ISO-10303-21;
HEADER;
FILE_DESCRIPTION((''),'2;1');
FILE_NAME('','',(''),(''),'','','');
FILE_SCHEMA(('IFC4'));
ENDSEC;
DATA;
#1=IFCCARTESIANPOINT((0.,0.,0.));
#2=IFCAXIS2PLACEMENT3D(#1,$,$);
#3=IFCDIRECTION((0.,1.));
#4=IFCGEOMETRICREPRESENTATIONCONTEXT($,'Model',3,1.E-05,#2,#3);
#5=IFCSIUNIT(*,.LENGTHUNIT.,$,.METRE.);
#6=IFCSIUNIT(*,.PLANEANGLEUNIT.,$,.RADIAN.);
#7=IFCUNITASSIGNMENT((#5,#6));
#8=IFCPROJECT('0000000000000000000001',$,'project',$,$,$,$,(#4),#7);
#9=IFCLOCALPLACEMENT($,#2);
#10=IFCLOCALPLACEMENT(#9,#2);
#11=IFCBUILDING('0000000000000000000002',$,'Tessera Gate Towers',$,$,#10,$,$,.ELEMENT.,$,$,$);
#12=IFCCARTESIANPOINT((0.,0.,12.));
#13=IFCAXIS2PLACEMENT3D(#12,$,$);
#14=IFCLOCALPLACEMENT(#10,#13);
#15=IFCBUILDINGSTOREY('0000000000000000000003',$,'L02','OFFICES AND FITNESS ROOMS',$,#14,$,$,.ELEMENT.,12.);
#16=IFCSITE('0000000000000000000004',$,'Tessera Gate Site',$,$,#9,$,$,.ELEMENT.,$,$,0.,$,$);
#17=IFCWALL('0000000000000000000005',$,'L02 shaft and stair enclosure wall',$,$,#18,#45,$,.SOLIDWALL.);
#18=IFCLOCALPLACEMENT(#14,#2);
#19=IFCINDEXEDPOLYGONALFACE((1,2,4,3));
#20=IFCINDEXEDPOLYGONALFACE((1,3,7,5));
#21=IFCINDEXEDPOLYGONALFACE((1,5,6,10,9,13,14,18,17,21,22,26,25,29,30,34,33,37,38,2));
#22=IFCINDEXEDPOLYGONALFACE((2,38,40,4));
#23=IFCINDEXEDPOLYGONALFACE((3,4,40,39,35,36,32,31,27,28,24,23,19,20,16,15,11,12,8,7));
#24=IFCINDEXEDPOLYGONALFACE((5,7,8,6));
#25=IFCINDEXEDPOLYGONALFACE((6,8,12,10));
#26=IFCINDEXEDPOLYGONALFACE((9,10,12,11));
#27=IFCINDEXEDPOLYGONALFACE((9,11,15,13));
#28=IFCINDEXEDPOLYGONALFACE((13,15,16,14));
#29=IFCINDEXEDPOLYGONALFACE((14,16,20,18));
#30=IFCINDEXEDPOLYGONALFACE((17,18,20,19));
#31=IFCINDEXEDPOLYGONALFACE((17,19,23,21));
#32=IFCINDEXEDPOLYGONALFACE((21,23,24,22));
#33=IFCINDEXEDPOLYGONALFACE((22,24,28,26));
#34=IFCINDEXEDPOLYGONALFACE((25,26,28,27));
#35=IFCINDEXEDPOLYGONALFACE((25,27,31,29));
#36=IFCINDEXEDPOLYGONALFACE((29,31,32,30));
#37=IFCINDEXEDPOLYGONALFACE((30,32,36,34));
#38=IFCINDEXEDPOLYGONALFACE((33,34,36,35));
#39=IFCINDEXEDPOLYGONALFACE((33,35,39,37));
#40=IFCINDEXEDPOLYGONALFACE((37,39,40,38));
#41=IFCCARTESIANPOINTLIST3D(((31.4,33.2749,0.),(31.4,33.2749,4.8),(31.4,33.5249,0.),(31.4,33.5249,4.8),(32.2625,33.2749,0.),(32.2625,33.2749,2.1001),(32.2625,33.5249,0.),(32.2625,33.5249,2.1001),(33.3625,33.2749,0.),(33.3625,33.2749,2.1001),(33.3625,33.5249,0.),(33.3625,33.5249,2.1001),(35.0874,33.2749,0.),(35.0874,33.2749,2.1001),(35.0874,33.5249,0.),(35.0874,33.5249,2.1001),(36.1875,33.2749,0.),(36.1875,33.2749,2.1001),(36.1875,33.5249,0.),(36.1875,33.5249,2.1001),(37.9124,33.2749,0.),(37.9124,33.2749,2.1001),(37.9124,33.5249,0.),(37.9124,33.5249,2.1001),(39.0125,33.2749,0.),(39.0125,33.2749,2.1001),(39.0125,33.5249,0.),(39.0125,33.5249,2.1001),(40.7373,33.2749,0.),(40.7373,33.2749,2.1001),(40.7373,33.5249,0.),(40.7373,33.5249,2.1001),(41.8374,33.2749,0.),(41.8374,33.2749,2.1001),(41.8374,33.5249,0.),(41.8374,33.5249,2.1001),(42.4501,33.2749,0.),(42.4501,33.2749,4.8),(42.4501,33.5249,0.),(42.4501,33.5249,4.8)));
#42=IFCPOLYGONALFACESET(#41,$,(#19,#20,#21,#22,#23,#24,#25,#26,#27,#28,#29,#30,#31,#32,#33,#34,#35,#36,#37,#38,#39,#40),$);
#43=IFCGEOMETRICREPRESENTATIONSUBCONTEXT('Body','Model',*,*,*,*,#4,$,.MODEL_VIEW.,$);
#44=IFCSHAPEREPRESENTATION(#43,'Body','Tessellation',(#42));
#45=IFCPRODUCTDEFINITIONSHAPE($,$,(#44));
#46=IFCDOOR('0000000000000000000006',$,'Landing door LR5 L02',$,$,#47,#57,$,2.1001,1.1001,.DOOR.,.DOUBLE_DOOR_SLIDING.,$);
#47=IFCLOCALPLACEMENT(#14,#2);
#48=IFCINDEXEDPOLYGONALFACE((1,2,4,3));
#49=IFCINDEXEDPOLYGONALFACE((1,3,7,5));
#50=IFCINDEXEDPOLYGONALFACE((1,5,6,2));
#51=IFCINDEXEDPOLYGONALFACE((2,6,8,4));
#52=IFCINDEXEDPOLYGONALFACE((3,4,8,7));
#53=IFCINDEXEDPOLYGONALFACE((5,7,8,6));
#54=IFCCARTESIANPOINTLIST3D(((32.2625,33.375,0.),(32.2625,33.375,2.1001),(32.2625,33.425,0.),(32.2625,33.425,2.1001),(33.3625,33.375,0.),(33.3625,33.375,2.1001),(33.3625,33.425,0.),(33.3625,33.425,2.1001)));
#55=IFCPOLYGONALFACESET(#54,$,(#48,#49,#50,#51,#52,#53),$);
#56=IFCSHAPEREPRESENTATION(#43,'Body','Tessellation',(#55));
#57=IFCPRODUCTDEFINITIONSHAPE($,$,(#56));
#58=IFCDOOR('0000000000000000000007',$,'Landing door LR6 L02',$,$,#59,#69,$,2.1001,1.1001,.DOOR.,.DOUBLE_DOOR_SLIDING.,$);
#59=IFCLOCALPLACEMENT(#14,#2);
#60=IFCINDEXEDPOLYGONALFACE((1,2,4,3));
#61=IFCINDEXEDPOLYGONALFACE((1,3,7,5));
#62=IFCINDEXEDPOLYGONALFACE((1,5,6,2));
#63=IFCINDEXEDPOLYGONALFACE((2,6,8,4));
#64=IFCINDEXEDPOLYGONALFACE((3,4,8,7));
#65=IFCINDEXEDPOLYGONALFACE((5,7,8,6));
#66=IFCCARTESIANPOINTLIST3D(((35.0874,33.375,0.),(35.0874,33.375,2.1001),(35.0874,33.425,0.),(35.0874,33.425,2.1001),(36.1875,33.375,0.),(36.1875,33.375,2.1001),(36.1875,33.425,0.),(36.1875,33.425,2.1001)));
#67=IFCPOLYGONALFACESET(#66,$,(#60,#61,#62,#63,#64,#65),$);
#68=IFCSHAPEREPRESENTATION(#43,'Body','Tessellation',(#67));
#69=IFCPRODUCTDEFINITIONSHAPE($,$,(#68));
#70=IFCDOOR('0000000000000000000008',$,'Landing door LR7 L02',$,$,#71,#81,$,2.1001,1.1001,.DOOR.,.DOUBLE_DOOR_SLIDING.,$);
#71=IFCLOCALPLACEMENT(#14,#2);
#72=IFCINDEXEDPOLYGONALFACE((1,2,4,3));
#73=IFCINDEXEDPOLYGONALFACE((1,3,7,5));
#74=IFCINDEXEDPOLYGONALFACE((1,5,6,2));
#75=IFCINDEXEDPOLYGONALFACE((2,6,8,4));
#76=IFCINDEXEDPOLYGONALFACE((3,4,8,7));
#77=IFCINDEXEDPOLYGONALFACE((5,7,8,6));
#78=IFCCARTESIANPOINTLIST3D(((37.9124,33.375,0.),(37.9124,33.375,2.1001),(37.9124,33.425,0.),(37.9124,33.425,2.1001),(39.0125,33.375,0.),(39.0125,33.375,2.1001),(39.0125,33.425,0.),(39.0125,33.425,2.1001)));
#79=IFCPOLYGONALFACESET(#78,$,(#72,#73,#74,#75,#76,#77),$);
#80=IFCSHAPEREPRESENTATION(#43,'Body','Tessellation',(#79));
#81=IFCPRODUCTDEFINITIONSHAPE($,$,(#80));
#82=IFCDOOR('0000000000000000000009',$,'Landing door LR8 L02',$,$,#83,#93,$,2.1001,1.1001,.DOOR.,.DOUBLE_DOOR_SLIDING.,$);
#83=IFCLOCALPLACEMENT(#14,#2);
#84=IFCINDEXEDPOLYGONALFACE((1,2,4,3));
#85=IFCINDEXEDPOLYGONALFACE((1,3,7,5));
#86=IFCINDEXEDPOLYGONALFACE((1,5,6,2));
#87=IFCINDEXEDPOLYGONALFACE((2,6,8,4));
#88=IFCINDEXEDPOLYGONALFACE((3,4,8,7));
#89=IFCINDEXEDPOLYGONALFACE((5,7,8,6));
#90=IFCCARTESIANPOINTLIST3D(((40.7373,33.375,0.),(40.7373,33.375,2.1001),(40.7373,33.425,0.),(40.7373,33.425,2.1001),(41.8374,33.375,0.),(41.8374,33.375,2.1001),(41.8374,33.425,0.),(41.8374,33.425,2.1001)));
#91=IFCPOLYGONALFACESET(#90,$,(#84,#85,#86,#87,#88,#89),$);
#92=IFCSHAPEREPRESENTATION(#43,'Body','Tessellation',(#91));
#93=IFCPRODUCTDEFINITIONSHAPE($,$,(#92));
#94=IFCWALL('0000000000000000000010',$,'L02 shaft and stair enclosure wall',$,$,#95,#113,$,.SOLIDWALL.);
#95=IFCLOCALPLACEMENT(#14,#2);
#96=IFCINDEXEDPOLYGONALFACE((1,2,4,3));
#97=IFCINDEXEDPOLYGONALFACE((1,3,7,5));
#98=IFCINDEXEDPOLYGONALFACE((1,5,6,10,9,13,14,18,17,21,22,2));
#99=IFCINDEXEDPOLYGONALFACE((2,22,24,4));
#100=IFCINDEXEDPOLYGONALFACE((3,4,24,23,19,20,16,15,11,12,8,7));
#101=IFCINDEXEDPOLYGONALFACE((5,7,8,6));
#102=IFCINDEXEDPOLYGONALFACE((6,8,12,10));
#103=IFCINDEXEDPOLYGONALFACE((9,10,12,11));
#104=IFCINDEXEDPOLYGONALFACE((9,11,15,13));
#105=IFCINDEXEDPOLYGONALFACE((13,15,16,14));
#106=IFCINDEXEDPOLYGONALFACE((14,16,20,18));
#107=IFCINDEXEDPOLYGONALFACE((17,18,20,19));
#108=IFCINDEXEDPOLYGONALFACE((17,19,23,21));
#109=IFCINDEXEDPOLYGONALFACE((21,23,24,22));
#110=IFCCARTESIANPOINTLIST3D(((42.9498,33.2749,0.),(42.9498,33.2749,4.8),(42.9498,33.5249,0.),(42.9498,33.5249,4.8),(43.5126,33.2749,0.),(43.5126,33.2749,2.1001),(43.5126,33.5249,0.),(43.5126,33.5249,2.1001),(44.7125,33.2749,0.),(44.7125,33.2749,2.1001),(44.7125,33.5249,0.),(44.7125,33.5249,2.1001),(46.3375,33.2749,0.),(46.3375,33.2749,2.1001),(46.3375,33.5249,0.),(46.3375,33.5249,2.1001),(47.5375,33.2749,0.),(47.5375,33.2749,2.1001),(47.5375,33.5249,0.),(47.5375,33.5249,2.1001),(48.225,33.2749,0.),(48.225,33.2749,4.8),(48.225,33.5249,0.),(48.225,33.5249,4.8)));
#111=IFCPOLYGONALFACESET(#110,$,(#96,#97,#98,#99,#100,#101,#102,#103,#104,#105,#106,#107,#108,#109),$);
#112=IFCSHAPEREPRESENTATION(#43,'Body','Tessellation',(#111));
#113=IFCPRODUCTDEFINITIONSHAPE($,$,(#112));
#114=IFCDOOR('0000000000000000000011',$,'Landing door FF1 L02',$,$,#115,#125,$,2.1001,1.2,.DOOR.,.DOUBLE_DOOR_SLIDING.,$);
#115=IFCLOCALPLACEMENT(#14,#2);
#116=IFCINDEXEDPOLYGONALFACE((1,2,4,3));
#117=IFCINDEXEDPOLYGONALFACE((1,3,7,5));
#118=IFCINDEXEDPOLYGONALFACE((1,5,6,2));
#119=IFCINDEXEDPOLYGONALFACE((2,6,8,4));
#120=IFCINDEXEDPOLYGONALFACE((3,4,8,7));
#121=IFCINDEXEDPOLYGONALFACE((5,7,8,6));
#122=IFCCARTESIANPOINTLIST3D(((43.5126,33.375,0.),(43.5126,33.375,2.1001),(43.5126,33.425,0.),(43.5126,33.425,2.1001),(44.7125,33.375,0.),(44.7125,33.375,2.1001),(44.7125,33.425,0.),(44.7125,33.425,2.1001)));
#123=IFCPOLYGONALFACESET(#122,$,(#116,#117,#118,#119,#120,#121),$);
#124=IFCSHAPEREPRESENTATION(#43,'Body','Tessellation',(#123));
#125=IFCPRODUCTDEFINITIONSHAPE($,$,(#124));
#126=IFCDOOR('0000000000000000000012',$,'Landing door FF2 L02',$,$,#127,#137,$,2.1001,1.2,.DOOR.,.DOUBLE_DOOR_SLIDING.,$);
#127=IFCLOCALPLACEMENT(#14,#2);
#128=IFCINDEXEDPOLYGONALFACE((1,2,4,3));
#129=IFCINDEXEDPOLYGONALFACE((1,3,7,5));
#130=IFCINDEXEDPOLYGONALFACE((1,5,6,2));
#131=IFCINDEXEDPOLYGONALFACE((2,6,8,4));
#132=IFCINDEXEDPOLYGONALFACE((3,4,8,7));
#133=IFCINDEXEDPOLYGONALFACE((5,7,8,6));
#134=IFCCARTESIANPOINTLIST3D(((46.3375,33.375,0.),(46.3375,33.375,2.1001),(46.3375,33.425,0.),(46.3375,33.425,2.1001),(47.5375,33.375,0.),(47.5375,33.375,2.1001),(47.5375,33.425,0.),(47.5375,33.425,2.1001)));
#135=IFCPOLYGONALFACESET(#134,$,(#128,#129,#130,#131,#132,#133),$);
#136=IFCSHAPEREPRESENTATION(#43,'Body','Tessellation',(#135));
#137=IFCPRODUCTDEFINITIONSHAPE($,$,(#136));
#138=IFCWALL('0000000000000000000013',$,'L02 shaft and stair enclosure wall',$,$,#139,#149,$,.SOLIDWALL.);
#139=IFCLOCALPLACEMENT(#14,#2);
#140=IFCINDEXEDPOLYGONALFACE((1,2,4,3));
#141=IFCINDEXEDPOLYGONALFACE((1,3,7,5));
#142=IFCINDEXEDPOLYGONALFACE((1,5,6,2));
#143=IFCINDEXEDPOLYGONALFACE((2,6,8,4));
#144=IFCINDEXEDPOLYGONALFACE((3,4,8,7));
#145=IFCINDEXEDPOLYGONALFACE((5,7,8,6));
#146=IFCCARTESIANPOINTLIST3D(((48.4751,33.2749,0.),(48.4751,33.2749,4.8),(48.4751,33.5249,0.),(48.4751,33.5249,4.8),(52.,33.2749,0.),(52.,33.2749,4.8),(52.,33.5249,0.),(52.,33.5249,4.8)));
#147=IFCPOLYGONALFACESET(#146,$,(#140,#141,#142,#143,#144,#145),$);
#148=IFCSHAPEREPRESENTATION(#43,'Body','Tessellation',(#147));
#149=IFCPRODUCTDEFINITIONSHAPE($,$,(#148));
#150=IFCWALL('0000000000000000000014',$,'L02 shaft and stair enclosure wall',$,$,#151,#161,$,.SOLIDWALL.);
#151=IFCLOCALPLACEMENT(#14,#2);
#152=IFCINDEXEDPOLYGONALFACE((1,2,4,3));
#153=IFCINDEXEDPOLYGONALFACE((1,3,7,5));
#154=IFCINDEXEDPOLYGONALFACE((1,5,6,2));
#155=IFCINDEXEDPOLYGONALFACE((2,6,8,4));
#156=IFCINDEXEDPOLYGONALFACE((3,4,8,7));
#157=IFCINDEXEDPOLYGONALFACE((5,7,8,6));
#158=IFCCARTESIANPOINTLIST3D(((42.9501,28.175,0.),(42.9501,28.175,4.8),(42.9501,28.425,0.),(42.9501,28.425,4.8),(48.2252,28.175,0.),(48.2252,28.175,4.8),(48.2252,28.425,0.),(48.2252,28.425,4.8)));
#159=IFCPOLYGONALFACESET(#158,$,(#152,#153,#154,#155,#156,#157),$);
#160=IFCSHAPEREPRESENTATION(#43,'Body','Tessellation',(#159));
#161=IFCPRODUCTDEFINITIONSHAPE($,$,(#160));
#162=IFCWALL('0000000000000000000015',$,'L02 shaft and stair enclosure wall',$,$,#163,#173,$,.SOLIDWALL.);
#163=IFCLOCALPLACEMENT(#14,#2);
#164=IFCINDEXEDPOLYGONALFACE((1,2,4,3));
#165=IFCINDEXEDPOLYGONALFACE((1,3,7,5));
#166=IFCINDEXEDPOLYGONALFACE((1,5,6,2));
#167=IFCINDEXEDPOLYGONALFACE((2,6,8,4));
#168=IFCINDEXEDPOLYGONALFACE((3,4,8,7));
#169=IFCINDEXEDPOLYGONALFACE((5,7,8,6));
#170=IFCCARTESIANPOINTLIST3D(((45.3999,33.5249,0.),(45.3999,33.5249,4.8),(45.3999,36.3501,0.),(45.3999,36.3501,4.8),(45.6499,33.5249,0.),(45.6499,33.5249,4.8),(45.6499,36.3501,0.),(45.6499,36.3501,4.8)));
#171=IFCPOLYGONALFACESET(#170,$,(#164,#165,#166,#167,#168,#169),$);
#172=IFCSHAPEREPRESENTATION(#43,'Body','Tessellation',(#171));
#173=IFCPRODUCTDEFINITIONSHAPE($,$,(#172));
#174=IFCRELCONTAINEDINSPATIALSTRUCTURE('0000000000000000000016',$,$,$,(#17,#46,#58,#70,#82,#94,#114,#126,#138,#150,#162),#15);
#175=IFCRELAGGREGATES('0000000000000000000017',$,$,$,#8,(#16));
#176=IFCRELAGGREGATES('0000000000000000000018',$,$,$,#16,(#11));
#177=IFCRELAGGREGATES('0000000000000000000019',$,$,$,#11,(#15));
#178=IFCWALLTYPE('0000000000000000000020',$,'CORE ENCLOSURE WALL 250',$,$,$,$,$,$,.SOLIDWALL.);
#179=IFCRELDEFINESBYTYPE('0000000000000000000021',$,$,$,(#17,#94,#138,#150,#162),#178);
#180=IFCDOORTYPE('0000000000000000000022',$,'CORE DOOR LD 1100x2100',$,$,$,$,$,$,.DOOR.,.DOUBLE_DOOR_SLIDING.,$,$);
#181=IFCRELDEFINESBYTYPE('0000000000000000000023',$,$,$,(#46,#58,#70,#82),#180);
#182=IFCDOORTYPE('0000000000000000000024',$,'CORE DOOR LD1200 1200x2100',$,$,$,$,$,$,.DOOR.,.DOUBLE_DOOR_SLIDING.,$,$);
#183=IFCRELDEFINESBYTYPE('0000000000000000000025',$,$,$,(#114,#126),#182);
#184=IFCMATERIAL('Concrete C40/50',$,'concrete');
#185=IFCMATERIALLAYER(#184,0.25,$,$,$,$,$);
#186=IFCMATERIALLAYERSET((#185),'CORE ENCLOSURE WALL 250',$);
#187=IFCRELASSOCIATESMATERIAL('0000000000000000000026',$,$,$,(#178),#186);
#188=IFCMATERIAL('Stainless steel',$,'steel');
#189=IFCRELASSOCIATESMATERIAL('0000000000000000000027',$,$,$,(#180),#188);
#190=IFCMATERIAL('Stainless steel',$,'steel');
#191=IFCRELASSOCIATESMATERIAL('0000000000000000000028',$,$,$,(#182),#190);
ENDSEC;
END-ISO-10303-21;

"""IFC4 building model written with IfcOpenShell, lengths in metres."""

from ifc_helpers import new_model, si_unit, direction, frame, frame_2d, origin, place, context, subcontext, project, spatial, rectangle, extrude, source, transform, mapped, material, layer, layer_set, type_object, element, fill, save


model = new_model("IFC4")

# Units and contexts
model_context = context("Model", 3, precision=1e-05, world=origin(), true_north=direction((0.0, 1.0)))
body_context = subcontext(model_context, "Body", "Model", "MODEL_VIEW")
ifc_project = project(units=[si_unit("LENGTHUNIT", "METRE"), si_unit("PLANEANGLEUNIT", "RADIAN")], contexts=[model_context])

# Site, building, storey
site_placement = place(None, origin())
site = spatial("IfcSite", under=ifc_project, at=site_placement, Name="Tessera Gate Site", CompositionType="ELEMENT", RefElevation=0.0)
building_placement = place(site_placement, origin())
building = spatial("IfcBuilding", under=site, at=building_placement, Name="Tessera Gate Towers", CompositionType="ELEMENT")
storey_placement = place(building_placement, frame((0.0, 0.0, 12.0)))
storey = spatial("IfcBuildingStorey", under=building, at=storey_placement, Name="L02", Description="OFFICES AND FITNESS ROOMS", CompositionType="ELEMENT", Elevation=12.0)

# Walls, openings, doors
ifc_material_1 = material(Name="Concrete C40/50", Category="concrete")
ifc_layer = layer(ifc_material_1, 0.25)
ifc_layer_set = layer_set([ifc_layer], Name="CORE ENCLOSURE WALL 250")
wall_type = type_object("IfcWallType", Name="CORE ENCLOSURE WALL 250", PredefinedType="SOLIDWALL", material=ifc_layer_set)
wall_1_placement = place(storey_placement, frame((42.45, 33.3999, 0.0), z_axis=(0.0, 0.0, 1.0), x_axis=(-1.0, 0.0, 0.0)))
wall_1 = element("IfcWall", 1, at=wall_1_placement, inside=storey, type_object=wall_type, Name="L02 shaft and stair enclosure wall", PredefinedType="SOLIDWALL", context=body_context, shape_type="SweptSolid", body=[
    extrude(rectangle(XDim=11.05, YDim=0.25, at=frame_2d((5.5249, 0.0))), origin(), (0.0, 0.0, 1.0), 4.8),
])
shared_shape_1 = source(origin(), body_context, "Body", "SweptSolid", [
    extrude(rectangle(XDim=1.1001, YDim=2.1001, at=frame_2d((0.55, 1.05))), frame((0.0, 0.135, 0.0), z_axis=(0.0, -1.0, 0.0), x_axis=(1.0, 0.0, 0.0)), (0.0, 0.0, 1.0), 0.27),
])
opening_1_placement = place(wall_1_placement, frame((9.0874, 0.0, 0.0)))
opening_1 = element("IfcOpeningElement", 2, at=opening_1_placement, cuts=wall_1, PredefinedType="OPENING", context=body_context, shape_type="MappedRepresentation", body=[
    mapped(shared_shape_1, transform((0.0, 0.0, 0.0), scale=1.0)),
])
opening_2_placement = place(wall_1_placement, frame((6.2625, 0.0, 0.0)))
opening_2 = element("IfcOpeningElement", 3, at=opening_2_placement, cuts=wall_1, PredefinedType="OPENING", context=body_context, shape_type="MappedRepresentation", body=[
    mapped(shared_shape_1, transform((0.0, 0.0, 0.0), scale=1.0)),
])
opening_3_placement = place(wall_1_placement, frame((3.4375, 0.0, 0.0)))
opening_3 = element("IfcOpeningElement", 4, at=opening_3_placement, cuts=wall_1, PredefinedType="OPENING", context=body_context, shape_type="MappedRepresentation", body=[
    mapped(shared_shape_1, transform((0.0, 0.0, 0.0), scale=1.0)),
])
opening_4_placement = place(wall_1_placement, frame((0.6125, 0.0, 0.0)))
opening_4 = element("IfcOpeningElement", 5, at=opening_4_placement, cuts=wall_1, PredefinedType="OPENING", context=body_context, shape_type="MappedRepresentation", body=[
    mapped(shared_shape_1, transform((0.0, 0.0, 0.0), scale=1.0)),
])
ifc_material_2 = material(Name="Stainless steel", Category="steel")
door_type_1 = type_object("IfcDoorType", Name="CORE DOOR LD 1100x2100", OperationType="DOUBLE_DOOR_SLIDING", PredefinedType="DOOR", material=ifc_material_2)
shared_shape_2 = source(origin(), body_context, "Body", "SweptSolid", [
    extrude(rectangle(XDim=1.1001, YDim=2.1001, at=frame_2d((0.55, 1.05))), frame((0.0, 0.0249, 0.0), z_axis=(0.0, -1.0, 0.0), x_axis=(1.0, 0.0, 0.0)), (0.0, 0.0, 1.0), 0.05),
])
door_1_placement = place(opening_1_placement, origin())
door_1 = element("IfcDoor", 6, at=door_1_placement, inside=storey, type_object=door_type_1, Name="Landing door LR5 L02", OperationType="DOUBLE_DOOR_SLIDING", OverallHeight=2.1001, OverallWidth=1.1001, PredefinedType="DOOR", context=body_context, shape_type="MappedRepresentation", body=[
    mapped(shared_shape_2, transform((0.0, 0.0, 0.0), scale=1.0)),
])
fill(opening_1, door_1)
door_2_placement = place(opening_2_placement, origin())
door_2 = element("IfcDoor", 7, at=door_2_placement, inside=storey, type_object=door_type_1, Name="Landing door LR6 L02", OperationType="DOUBLE_DOOR_SLIDING", OverallHeight=2.1001, OverallWidth=1.1001, PredefinedType="DOOR", context=body_context, shape_type="MappedRepresentation", body=[
    mapped(shared_shape_2, transform((0.0, 0.0, 0.0), scale=1.0)),
])
fill(opening_2, door_2)
door_3_placement = place(opening_3_placement, origin())
door_3 = element("IfcDoor", 8, at=door_3_placement, inside=storey, type_object=door_type_1, Name="Landing door LR7 L02", OperationType="DOUBLE_DOOR_SLIDING", OverallHeight=2.1001, OverallWidth=1.1001, PredefinedType="DOOR", context=body_context, shape_type="MappedRepresentation", body=[
    mapped(shared_shape_2, transform((0.0, 0.0, 0.0), scale=1.0)),
])
fill(opening_3, door_3)
door_4_placement = place(opening_4_placement, origin())
door_4 = element("IfcDoor", 9, at=door_4_placement, inside=storey, type_object=door_type_1, Name="Landing door LR8 L02", OperationType="DOUBLE_DOOR_SLIDING", OverallHeight=2.1001, OverallWidth=1.1001, PredefinedType="DOOR", context=body_context, shape_type="MappedRepresentation", body=[
    mapped(shared_shape_2, transform((0.0, 0.0, 0.0), scale=1.0)),
])
fill(opening_4, door_4)
wall_2_placement = place(storey_placement, frame((48.2251, 33.3999, 0.0), z_axis=(0.0, 0.0, 1.0), x_axis=(-1.0, 0.0, 0.0)))
wall_2 = element("IfcWall", 10, at=wall_2_placement, inside=storey, type_object=wall_type, Name="L02 shaft and stair enclosure wall", PredefinedType="SOLIDWALL", context=body_context, shape_type="SweptSolid", body=[
    extrude(rectangle(XDim=5.2751, YDim=0.25, at=frame_2d((2.6377, 0.0))), origin(), (0.0, 0.0, 1.0), 4.8),
])
shared_shape_3 = source(origin(), body_context, "Body", "SweptSolid", [
    extrude(rectangle(XDim=1.2, YDim=2.1001, at=frame_2d((0.6001, 1.05))), frame((0.0, 0.135, 0.0), z_axis=(0.0, -1.0, 0.0), x_axis=(1.0, 0.0, 0.0)), (0.0, 0.0, 1.0), 0.27),
])
opening_5_placement = place(wall_2_placement, frame((3.5125, 0.0, 0.0)))
opening_5 = element("IfcOpeningElement", 11, at=opening_5_placement, cuts=wall_2, PredefinedType="OPENING", context=body_context, shape_type="MappedRepresentation", body=[
    mapped(shared_shape_3, transform((0.0, 0.0, 0.0), scale=1.0)),
])
opening_6_placement = place(wall_2_placement, frame((0.6875, 0.0, 0.0)))
opening_6 = element("IfcOpeningElement", 12, at=opening_6_placement, cuts=wall_2, PredefinedType="OPENING", context=body_context, shape_type="MappedRepresentation", body=[
    mapped(shared_shape_3, transform((0.0, 0.0, 0.0), scale=1.0)),
])
ifc_material_3 = material(Name="Stainless steel", Category="steel")
door_type_2 = type_object("IfcDoorType", Name="CORE DOOR LD1200 1200x2100", OperationType="DOUBLE_DOOR_SLIDING", PredefinedType="DOOR", material=ifc_material_3)
shared_shape_4 = source(origin(), body_context, "Body", "SweptSolid", [
    extrude(rectangle(XDim=1.2, YDim=2.1001, at=frame_2d((0.6001, 1.05))), frame((0.0, 0.0249, 0.0), z_axis=(0.0, -1.0, 0.0), x_axis=(1.0, 0.0, 0.0)), (0.0, 0.0, 1.0), 0.05),
])
door_5_placement = place(opening_5_placement, origin())
door_5 = element("IfcDoor", 13, at=door_5_placement, inside=storey, type_object=door_type_2, Name="Landing door FF1 L02", OperationType="DOUBLE_DOOR_SLIDING", OverallHeight=2.1001, OverallWidth=1.2, PredefinedType="DOOR", context=body_context, shape_type="MappedRepresentation", body=[
    mapped(shared_shape_4, transform((0.0, 0.0, 0.0), scale=1.0)),
])
fill(opening_5, door_5)
door_6_placement = place(opening_6_placement, origin())
door_6 = element("IfcDoor", 14, at=door_6_placement, inside=storey, type_object=door_type_2, Name="Landing door FF2 L02", OperationType="DOUBLE_DOOR_SLIDING", OverallHeight=2.1001, OverallWidth=1.2, PredefinedType="DOOR", context=body_context, shape_type="MappedRepresentation", body=[
    mapped(shared_shape_4, transform((0.0, 0.0, 0.0), scale=1.0)),
])
fill(opening_6, door_6)

# Walls
wall_3_placement = place(storey_placement, frame((48.4751, 33.3999, 0.0), z_axis=(0.0, 0.0, 1.0), x_axis=(1.0, 0.0, 0.0)))
element("IfcWall", 15, at=wall_3_placement, inside=storey, type_object=wall_type, Name="L02 shaft and stair enclosure wall", PredefinedType="SOLIDWALL", context=body_context, shape_type="SweptSolid", body=[
    extrude(rectangle(XDim=3.5249, YDim=0.25, at=frame_2d((1.7625, 0.0))), origin(), (0.0, 0.0, 1.0), 4.8),
])
wall_4_placement = place(storey_placement, frame((42.95, 28.3, 0.0), z_axis=(0.0, 0.0, 1.0), x_axis=(1.0, 0.0, 0.0)))
element("IfcWall", 16, at=wall_4_placement, inside=storey, type_object=wall_type, Name="L02 shaft and stair enclosure wall", PredefinedType="SOLIDWALL", context=body_context, shape_type="SweptSolid", body=[
    extrude(rectangle(XDim=5.2751, YDim=0.25, at=frame_2d((2.6377, 0.0))), origin(), (0.0, 0.0, 1.0), 4.8),
])
wall_5_placement = place(storey_placement, frame((45.5249, 33.5249, 0.0), z_axis=(0.0, 0.0, 1.0), x_axis=(0.0, 1.0, 0.0)))
element("IfcWall", 17, at=wall_5_placement, inside=storey, type_object=wall_type, Name="L02 shaft and stair enclosure wall", PredefinedType="SOLIDWALL", context=body_context, shape_type="SweptSolid", body=[
    extrude(rectangle(XDim=2.8252, YDim=0.25, at=frame_2d((1.4126, 0.0))), origin(), (0.0, 0.0, 1.0), 4.8),
])

save(model, "model.ifc")
